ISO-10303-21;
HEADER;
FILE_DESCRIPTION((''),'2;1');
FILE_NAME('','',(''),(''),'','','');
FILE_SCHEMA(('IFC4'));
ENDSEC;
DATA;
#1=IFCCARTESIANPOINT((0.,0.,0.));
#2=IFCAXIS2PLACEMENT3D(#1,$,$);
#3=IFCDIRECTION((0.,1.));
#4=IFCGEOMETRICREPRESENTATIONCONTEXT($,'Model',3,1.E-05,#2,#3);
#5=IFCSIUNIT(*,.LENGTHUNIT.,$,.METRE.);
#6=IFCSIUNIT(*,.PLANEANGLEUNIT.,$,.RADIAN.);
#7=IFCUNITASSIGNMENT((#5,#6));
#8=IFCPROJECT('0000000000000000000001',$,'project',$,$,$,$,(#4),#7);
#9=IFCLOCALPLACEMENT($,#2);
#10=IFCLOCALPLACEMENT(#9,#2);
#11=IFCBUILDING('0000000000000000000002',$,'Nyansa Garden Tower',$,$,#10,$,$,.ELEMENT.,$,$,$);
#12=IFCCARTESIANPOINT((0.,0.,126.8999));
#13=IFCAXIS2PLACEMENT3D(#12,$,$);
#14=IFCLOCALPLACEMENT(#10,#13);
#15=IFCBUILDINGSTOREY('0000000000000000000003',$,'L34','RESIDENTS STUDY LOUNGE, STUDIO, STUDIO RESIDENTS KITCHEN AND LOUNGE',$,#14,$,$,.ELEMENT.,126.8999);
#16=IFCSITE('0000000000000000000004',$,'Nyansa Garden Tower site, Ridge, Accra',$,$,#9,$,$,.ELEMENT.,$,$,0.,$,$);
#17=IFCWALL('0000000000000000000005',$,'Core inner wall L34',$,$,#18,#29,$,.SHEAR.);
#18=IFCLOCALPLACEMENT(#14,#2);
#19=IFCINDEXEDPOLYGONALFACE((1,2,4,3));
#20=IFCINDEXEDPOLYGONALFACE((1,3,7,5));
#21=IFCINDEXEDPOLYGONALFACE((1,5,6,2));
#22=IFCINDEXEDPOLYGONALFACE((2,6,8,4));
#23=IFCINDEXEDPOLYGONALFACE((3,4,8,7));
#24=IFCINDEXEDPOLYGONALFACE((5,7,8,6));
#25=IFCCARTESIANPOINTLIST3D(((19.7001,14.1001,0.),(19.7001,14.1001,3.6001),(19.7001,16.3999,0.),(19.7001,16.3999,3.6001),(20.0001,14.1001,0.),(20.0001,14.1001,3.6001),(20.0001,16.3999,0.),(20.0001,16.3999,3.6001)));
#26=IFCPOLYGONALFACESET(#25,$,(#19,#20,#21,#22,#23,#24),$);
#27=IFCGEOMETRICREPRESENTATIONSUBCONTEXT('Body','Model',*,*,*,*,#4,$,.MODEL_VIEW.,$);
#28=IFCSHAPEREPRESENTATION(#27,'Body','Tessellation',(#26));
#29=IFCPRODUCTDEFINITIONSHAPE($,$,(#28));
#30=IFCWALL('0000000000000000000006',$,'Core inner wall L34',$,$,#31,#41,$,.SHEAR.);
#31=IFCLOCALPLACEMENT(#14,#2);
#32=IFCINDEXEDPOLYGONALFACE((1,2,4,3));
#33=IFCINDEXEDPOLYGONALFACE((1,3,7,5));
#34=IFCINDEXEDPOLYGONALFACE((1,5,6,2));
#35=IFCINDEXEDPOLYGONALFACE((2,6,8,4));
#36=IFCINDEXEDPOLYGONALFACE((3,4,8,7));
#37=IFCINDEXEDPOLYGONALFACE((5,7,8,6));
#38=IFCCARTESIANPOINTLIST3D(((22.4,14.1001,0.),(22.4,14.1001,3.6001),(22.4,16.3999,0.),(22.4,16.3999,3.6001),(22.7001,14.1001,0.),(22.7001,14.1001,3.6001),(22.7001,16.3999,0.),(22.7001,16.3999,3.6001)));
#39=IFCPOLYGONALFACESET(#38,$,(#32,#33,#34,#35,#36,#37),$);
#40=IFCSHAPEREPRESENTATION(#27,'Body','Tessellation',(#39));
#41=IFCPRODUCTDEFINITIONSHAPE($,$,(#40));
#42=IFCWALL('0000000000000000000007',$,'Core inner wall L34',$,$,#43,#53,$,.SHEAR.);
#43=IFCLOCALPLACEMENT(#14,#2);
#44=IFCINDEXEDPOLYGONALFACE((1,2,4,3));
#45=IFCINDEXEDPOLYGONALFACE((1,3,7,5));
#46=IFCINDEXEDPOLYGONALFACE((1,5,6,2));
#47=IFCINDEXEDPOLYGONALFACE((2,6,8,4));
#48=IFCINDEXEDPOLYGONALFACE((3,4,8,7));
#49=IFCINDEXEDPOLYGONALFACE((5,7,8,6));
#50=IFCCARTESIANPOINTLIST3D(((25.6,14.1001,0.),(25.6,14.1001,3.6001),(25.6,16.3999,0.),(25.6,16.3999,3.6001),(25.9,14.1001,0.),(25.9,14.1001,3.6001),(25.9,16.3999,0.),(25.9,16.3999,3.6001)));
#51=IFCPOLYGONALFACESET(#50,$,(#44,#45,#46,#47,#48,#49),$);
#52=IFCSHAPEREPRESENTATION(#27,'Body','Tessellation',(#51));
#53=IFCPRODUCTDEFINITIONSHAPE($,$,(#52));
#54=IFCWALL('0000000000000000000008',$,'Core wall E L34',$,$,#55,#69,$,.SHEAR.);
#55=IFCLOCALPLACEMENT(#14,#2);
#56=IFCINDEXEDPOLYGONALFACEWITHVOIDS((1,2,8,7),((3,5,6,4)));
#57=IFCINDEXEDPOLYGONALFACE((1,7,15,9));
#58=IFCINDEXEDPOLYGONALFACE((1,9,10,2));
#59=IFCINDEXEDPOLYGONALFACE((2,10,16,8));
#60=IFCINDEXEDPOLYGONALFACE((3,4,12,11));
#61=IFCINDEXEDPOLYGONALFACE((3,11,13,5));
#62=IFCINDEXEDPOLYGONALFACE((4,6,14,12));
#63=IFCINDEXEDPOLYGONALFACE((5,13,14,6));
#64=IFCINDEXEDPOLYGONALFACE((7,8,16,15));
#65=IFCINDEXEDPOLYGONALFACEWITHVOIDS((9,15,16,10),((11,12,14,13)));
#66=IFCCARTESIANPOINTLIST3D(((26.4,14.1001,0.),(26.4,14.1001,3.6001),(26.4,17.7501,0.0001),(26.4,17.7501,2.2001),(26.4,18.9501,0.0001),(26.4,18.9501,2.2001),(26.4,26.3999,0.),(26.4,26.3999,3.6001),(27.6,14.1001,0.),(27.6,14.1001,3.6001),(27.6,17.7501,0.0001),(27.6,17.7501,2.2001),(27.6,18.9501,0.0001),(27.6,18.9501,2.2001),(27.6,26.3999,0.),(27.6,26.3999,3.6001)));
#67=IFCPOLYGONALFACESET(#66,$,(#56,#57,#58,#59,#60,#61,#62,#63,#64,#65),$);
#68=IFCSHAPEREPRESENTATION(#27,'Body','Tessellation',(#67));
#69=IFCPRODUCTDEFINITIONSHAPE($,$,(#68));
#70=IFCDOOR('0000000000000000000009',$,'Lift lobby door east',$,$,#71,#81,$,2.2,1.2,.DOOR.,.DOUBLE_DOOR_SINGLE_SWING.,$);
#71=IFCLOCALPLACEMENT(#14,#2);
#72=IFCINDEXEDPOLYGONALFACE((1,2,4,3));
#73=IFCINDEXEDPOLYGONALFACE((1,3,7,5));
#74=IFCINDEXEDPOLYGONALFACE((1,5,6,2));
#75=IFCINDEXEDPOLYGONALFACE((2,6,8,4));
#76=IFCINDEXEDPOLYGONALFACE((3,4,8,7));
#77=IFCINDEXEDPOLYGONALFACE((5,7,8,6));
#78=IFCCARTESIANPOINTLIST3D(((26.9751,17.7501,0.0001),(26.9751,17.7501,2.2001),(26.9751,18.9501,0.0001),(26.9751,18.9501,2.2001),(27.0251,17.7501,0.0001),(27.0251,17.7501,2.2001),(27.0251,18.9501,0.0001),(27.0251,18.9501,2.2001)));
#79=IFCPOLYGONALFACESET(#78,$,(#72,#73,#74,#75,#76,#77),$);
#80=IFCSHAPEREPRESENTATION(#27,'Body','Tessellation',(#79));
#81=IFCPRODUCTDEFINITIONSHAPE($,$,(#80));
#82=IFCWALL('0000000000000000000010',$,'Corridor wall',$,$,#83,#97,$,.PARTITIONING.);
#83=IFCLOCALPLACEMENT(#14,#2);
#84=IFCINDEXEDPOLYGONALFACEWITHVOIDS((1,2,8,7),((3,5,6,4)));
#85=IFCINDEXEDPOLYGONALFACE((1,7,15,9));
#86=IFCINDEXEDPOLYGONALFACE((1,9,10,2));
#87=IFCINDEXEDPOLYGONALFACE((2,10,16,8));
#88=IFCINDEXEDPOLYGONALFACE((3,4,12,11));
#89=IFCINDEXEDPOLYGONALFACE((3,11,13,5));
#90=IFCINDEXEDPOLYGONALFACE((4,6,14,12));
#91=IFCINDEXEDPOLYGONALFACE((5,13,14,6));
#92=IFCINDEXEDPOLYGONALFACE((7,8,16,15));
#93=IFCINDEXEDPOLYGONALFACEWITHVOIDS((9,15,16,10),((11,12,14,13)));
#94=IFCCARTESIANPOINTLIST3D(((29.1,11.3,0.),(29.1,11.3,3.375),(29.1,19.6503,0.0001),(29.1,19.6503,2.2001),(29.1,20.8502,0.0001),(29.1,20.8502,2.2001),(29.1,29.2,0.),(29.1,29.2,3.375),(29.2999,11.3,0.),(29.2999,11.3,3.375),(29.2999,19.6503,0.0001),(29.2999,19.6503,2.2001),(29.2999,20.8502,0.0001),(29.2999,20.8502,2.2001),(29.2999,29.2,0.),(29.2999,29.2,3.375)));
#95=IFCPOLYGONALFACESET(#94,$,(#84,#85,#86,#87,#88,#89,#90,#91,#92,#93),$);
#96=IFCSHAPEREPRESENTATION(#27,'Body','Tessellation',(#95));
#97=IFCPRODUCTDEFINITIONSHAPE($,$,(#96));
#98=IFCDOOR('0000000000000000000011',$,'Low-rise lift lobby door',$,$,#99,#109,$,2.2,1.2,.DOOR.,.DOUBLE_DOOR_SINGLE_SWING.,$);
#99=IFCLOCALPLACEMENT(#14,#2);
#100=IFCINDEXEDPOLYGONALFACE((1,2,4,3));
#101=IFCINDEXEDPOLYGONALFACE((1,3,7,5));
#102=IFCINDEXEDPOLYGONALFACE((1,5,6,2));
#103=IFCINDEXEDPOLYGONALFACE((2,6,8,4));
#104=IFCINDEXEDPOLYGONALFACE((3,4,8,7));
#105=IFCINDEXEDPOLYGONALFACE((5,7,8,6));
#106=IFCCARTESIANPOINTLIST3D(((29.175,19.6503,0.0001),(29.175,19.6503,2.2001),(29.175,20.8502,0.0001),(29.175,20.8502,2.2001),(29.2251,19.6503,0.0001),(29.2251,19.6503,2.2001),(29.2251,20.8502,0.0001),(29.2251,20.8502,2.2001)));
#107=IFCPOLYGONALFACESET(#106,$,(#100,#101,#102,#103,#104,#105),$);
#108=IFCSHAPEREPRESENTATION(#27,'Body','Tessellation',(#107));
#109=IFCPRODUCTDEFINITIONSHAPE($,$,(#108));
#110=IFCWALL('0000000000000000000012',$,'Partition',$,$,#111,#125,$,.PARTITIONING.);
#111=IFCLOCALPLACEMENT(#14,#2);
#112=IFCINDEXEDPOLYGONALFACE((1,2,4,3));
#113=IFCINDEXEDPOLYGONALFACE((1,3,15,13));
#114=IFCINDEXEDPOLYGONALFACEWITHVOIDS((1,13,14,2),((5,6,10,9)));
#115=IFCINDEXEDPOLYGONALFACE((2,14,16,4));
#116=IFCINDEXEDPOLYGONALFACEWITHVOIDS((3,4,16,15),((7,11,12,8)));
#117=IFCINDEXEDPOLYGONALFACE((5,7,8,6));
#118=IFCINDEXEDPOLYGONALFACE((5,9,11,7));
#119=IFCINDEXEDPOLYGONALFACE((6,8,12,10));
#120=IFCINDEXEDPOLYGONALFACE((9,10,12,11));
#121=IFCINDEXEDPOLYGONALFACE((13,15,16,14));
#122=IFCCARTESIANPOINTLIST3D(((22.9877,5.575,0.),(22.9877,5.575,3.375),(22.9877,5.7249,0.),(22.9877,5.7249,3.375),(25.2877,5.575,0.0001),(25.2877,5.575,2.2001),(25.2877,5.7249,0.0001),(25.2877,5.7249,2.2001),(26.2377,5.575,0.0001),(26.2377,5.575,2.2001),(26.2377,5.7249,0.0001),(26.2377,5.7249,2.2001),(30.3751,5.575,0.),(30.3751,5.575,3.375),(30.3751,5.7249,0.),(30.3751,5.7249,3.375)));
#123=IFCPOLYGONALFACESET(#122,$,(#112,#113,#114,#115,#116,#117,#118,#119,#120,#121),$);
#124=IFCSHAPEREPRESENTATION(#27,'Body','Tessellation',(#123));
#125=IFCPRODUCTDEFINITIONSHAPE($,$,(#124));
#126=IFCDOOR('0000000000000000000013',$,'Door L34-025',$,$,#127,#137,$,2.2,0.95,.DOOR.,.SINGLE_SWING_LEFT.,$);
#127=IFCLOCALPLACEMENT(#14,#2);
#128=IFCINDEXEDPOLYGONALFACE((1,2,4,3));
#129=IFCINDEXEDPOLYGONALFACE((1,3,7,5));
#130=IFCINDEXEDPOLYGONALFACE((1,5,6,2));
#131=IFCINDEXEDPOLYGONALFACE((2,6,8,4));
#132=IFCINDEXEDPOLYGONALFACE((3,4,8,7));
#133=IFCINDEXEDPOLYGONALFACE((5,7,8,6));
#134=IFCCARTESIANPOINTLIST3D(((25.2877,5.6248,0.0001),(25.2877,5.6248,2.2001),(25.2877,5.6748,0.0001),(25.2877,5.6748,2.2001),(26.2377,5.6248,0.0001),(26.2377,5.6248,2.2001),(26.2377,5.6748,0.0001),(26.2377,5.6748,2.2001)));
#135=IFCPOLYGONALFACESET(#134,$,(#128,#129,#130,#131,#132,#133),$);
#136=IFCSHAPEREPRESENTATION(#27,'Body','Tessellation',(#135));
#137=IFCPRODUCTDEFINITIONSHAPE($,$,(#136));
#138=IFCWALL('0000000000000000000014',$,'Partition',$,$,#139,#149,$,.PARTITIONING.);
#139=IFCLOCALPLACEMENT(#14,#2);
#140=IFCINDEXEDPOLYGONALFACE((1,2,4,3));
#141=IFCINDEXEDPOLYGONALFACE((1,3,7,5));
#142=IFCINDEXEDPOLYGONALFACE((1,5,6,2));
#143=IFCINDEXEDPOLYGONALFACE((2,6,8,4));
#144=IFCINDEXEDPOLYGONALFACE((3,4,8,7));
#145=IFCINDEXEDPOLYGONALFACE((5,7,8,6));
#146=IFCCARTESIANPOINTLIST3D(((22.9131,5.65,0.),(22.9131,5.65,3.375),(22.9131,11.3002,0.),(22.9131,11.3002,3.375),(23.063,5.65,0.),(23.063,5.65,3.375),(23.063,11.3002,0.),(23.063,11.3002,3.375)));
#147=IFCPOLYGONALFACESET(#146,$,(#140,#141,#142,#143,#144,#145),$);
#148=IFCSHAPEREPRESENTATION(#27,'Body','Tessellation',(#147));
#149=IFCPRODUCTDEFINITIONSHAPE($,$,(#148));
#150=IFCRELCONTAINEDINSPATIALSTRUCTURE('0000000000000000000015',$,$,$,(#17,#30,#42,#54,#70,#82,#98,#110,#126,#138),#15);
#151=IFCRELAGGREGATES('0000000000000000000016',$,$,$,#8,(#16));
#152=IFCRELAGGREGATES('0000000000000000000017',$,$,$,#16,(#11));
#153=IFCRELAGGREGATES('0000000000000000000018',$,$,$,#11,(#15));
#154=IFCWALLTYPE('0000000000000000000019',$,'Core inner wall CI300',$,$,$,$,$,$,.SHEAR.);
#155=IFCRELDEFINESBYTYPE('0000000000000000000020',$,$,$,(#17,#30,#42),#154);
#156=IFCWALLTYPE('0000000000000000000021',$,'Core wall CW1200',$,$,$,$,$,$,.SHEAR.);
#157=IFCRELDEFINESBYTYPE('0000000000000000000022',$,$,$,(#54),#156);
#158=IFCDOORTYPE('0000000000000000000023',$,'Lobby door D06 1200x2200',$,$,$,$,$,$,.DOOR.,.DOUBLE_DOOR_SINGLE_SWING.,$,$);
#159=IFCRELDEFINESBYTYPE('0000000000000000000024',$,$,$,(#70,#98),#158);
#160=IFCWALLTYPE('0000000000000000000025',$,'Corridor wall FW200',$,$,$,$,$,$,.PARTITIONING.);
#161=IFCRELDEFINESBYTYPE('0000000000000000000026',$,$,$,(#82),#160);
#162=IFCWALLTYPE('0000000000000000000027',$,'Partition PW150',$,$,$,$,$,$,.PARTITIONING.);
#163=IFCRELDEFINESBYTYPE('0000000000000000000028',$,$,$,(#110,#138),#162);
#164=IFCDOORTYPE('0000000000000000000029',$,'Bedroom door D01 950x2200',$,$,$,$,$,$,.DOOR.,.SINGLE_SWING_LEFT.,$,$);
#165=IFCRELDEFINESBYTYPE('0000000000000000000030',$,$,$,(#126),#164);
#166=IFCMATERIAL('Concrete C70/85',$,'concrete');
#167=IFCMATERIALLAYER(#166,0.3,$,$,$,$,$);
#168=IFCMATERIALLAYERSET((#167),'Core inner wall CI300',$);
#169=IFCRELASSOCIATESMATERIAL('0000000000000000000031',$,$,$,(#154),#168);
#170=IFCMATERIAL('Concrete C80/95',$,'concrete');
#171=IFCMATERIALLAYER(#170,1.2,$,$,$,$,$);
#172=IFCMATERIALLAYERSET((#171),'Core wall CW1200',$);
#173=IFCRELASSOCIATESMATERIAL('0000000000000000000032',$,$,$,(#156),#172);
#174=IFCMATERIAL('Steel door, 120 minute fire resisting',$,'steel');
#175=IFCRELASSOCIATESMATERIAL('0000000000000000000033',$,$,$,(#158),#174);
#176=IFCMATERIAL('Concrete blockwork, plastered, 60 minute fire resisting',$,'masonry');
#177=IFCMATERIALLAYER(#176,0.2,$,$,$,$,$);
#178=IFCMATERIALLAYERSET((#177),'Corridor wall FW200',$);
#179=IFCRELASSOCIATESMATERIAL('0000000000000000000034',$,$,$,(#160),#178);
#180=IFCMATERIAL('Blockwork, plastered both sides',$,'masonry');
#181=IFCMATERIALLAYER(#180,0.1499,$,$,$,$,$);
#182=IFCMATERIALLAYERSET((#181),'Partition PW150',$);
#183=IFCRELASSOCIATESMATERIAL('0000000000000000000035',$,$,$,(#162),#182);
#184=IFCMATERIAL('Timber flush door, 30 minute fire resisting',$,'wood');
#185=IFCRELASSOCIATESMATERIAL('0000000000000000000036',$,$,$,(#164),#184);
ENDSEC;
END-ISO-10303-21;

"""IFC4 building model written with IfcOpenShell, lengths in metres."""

from ifc_helpers import new_model, si_unit, direction, frame, frame_2d, origin, place, context, subcontext, project, spatial, rectangle, extrude, material, layer, layer_set, type_object, element, fill, save


model = new_model("IFC4")

# Units and contexts
model_context = context("Model", 3, precision=1e-05, world=origin(), true_north=direction((0.0, 1.0)))
body_context = subcontext(model_context, "Body", "Model", "MODEL_VIEW")
ifc_project = project(units=[si_unit("LENGTHUNIT", "METRE"), si_unit("PLANEANGLEUNIT", "RADIAN")], contexts=[model_context])

# Site, building, storey
site_placement = place(None, origin())
site = spatial("IfcSite", under=ifc_project, at=site_placement, Name="Nyansa Garden Tower site, Ridge, Accra", CompositionType="ELEMENT", RefElevation=0.0)
building_placement = place(site_placement, origin())
building = spatial("IfcBuilding", under=site, at=building_placement, Name="Nyansa Garden Tower", CompositionType="ELEMENT")
storey_placement = place(building_placement, frame((0.0, 0.0, 126.8999)))
storey = spatial("IfcBuildingStorey", under=building, at=storey_placement, Name="L34", Description="RESIDENTS STUDY LOUNGE, STUDIO, STUDIO RESIDENTS KITCHEN AND LOUNGE", CompositionType="ELEMENT", Elevation=126.8999)

# Walls
ifc_material_1 = material(Name="Concrete C70/85", Category="concrete")
ifc_layer_1 = layer(ifc_material_1, 0.3)
ifc_layer_set_1 = layer_set([ifc_layer_1], Name="Core inner wall CI300")
wall_type_1 = type_object("IfcWallType", Name="Core inner wall CI300", PredefinedType="SHEAR", material=ifc_layer_set_1)
for number, where, z_axis, x_axis, name in (
    (1, (19.8501, 14.1001, 0.0), (0.0, 0.0, 1.0), (0.0, 1.0, 0.0), "Core inner wall L34"),
    (2, (22.55, 14.1001, 0.0), (0.0, 0.0, 1.0), (0.0, 1.0, 0.0), "Core inner wall L34"),
    (3, (25.75, 14.1001, 0.0), (0.0, 0.0, 1.0), (0.0, 1.0, 0.0), "Core inner wall L34"),
):
    element("IfcWall", number, at=place(storey_placement, frame(where, z_axis=z_axis, x_axis=x_axis)), inside=storey, type_object=wall_type_1, Name=name, PredefinedType="SHEAR", context=body_context, shape_type="SweptSolid", body=[
        extrude(rectangle(XDim=2.2998, YDim=0.3, at=frame_2d((1.1499, 0.0))), origin(), (0.0, 0.0, 1.0), 3.6001),
    ])

# Walls, openings, doors
ifc_material_2 = material(Name="Concrete C80/95", Category="concrete")
ifc_layer_2 = layer(ifc_material_2, 1.2)
ifc_layer_set_2 = layer_set([ifc_layer_2], Name="Core wall CW1200")
wall_type_2 = type_object("IfcWallType", Name="Core wall CW1200", PredefinedType="SHEAR", material=ifc_layer_set_2)
wall_1_placement = place(storey_placement, frame((27.0, 14.1001, 0.0), z_axis=(0.0, 0.0, 1.0), x_axis=(0.0, 1.0, 0.0)))
wall_1 = element("IfcWall", 4, at=wall_1_placement, inside=storey, type_object=wall_type_2, Name="Core wall E L34", PredefinedType="SHEAR", context=body_context, shape_type="SweptSolid", body=[
    extrude(rectangle(XDim=12.2998, YDim=1.2, at=frame_2d((6.1499, 0.0))), origin(), (0.0, 0.0, 1.0), 3.6001),
])
opening_1_placement = place(wall_1_placement, frame((3.6499, 0.0, 0.0)))
opening_1 = element("IfcOpeningElement", 5, at=opening_1_placement, cuts=wall_1, PredefinedType="OPENING", context=body_context, shape_type="SweptSolid", body=[
    extrude(rectangle(XDim=1.2, YDim=2.2, at=frame_2d((0.6001, 1.1001))), frame((0.0, 0.6099, 0.0), z_axis=(0.0, -1.0, 0.0), x_axis=(1.0, 0.0, 0.0)), (0.0, 0.0, 1.0), 1.22),
])
ifc_material_3 = material(Name="Steel door, 120 minute fire resisting", Category="steel")
door_type_1 = type_object("IfcDoorType", Name="Lobby door D06 1200x2200", OperationType="DOUBLE_DOOR_SINGLE_SWING", PredefinedType="DOOR", material=ifc_material_3)
door_1_placement = place(opening_1_placement, origin())
door_1 = element("IfcDoor", 6, at=door_1_placement, inside=storey, type_object=door_type_1, Name="Lift lobby door east", OperationType="DOUBLE_DOOR_SINGLE_SWING", OverallHeight=2.2, OverallWidth=1.2, PredefinedType="DOOR", context=body_context, shape_type="SweptSolid", body=[
    extrude(rectangle(XDim=1.2, YDim=2.2, at=frame_2d((0.6001, 1.1001))), frame((0.0, 0.0249, 0.0), z_axis=(0.0, -1.0, 0.0), x_axis=(1.0, 0.0, 0.0)), (0.0, 0.0, 1.0), 0.05),
])
fill(opening_1, door_1)
ifc_material_4 = material(Name="Concrete blockwork, plastered, 60 minute fire resisting", Category="masonry")
ifc_layer_3 = layer(ifc_material_4, 0.2)
ifc_layer_set_3 = layer_set([ifc_layer_3], Name="Corridor wall FW200")
wall_type_3 = type_object("IfcWallType", Name="Corridor wall FW200", PredefinedType="PARTITIONING", material=ifc_layer_set_3)
wall_2_placement = place(storey_placement, frame((29.2, 11.3, 0.0), z_axis=(0.0, 0.0, 1.0), x_axis=(0.0, 1.0, 0.0)))
wall_2 = element("IfcWall", 7, at=wall_2_placement, inside=storey, type_object=wall_type_3, Name="Corridor wall", PredefinedType="PARTITIONING", context=body_context, shape_type="SweptSolid", body=[
    extrude(rectangle(XDim=17.8999, YDim=0.2, at=frame_2d((8.95, 0.0))), origin(), (0.0, 0.0, 1.0), 3.375),
])
opening_2_placement = place(wall_2_placement, frame((8.3501, 0.0, 0.0)))
opening_2 = element("IfcOpeningElement", 8, at=opening_2_placement, cuts=wall_2, PredefinedType="OPENING", context=body_context, shape_type="SweptSolid", body=[
    extrude(rectangle(XDim=1.2, YDim=2.2, at=frame_2d((0.6001, 1.1001))), frame((0.0, 0.1099, 0.0), z_axis=(0.0, -1.0, 0.0), x_axis=(1.0, 0.0, 0.0)), (0.0, 0.0, 1.0), 0.22),
])
door_2_placement = place(opening_2_placement, origin())
door_2 = element("IfcDoor", 9, at=door_2_placement, inside=storey, type_object=door_type_1, Name="Low-rise lift lobby door", OperationType="DOUBLE_DOOR_SINGLE_SWING", OverallHeight=2.2, OverallWidth=1.2, PredefinedType="DOOR", context=body_context, shape_type="SweptSolid", body=[
    extrude(rectangle(XDim=1.2, YDim=2.2, at=frame_2d((0.6001, 1.1001))), frame((0.0, 0.0249, 0.0), z_axis=(0.0, -1.0, 0.0), x_axis=(1.0, 0.0, 0.0)), (0.0, 0.0, 1.0), 0.05),
])
fill(opening_2, door_2)
ifc_material_5 = material(Name="Blockwork, plastered both sides", Category="masonry")
ifc_layer_4 = layer(ifc_material_5, 0.1499)
ifc_layer_set_4 = layer_set([ifc_layer_4], Name="Partition PW150")
wall_type_4 = type_object("IfcWallType", Name="Partition PW150", PredefinedType="PARTITIONING", material=ifc_layer_set_4)
wall_3_placement = place(storey_placement, frame((22.9875, 5.6499, 0.0), z_axis=(0.0, 0.0, 1.0), x_axis=(1.0, 0.0, 0.0)))
wall_3 = element("IfcWall", 10, at=wall_3_placement, inside=storey, type_object=wall_type_4, Name="Partition", PredefinedType="PARTITIONING", context=body_context, shape_type="SweptSolid", body=[
    extrude(rectangle(XDim=7.3875, YDim=0.1499, at=frame_2d((3.6938, 0.0))), origin(), (0.0, 0.0, 1.0), 3.375),
])
opening_3_placement = place(wall_3_placement, frame((2.3, 0.0, 0.0)))
opening_3 = element("IfcOpeningElement", 11, at=opening_3_placement, cuts=wall_3, PredefinedType="OPENING", context=body_context, shape_type="SweptSolid", body=[
    extrude(rectangle(XDim=0.95, YDim=2.2, at=frame_2d((0.4751, 1.1001))), frame((0.0, 0.085, 0.0), z_axis=(0.0, -1.0, 0.0), x_axis=(1.0, 0.0, 0.0)), (0.0, 0.0, 1.0), 0.1699),
])
ifc_material_6 = material(Name="Timber flush door, 30 minute fire resisting", Category="wood")
door_type_2 = type_object("IfcDoorType", Name="Bedroom door D01 950x2200", OperationType="SINGLE_SWING_LEFT", PredefinedType="DOOR", material=ifc_material_6)
door_3_placement = place(opening_3_placement, origin())
door_3 = element("IfcDoor", 12, at=door_3_placement, inside=storey, type_object=door_type_2, Name="Door L34-025", OperationType="SINGLE_SWING_LEFT", OverallHeight=2.2, OverallWidth=0.95, PredefinedType="DOOR", context=body_context, shape_type="SweptSolid", body=[
    extrude(rectangle(XDim=0.95, YDim=2.2, at=frame_2d((0.4751, 1.1001))), frame((0.0, 0.0249, 0.0), z_axis=(0.0, -1.0, 0.0), x_axis=(1.0, 0.0, 0.0)), (0.0, 0.0, 1.0), 0.05),
])
fill(opening_3, door_3)

# Wall
wall_4_placement = place(storey_placement, frame((22.988, 5.6499, 0.0), z_axis=(0.0, 0.0, 1.0), x_axis=(0.0, 1.0, 0.0)))
element("IfcWall", 13, at=wall_4_placement, inside=storey, type_object=wall_type_4, Name="Partition", PredefinedType="PARTITIONING", context=body_context, shape_type="SweptSolid", body=[
    extrude(rectangle(XDim=5.6501, YDim=0.1499, at=frame_2d((2.8252, 0.0))), origin(), (0.0, 0.0, 1.0), 3.375),
])

save(model, "model.ifc")
